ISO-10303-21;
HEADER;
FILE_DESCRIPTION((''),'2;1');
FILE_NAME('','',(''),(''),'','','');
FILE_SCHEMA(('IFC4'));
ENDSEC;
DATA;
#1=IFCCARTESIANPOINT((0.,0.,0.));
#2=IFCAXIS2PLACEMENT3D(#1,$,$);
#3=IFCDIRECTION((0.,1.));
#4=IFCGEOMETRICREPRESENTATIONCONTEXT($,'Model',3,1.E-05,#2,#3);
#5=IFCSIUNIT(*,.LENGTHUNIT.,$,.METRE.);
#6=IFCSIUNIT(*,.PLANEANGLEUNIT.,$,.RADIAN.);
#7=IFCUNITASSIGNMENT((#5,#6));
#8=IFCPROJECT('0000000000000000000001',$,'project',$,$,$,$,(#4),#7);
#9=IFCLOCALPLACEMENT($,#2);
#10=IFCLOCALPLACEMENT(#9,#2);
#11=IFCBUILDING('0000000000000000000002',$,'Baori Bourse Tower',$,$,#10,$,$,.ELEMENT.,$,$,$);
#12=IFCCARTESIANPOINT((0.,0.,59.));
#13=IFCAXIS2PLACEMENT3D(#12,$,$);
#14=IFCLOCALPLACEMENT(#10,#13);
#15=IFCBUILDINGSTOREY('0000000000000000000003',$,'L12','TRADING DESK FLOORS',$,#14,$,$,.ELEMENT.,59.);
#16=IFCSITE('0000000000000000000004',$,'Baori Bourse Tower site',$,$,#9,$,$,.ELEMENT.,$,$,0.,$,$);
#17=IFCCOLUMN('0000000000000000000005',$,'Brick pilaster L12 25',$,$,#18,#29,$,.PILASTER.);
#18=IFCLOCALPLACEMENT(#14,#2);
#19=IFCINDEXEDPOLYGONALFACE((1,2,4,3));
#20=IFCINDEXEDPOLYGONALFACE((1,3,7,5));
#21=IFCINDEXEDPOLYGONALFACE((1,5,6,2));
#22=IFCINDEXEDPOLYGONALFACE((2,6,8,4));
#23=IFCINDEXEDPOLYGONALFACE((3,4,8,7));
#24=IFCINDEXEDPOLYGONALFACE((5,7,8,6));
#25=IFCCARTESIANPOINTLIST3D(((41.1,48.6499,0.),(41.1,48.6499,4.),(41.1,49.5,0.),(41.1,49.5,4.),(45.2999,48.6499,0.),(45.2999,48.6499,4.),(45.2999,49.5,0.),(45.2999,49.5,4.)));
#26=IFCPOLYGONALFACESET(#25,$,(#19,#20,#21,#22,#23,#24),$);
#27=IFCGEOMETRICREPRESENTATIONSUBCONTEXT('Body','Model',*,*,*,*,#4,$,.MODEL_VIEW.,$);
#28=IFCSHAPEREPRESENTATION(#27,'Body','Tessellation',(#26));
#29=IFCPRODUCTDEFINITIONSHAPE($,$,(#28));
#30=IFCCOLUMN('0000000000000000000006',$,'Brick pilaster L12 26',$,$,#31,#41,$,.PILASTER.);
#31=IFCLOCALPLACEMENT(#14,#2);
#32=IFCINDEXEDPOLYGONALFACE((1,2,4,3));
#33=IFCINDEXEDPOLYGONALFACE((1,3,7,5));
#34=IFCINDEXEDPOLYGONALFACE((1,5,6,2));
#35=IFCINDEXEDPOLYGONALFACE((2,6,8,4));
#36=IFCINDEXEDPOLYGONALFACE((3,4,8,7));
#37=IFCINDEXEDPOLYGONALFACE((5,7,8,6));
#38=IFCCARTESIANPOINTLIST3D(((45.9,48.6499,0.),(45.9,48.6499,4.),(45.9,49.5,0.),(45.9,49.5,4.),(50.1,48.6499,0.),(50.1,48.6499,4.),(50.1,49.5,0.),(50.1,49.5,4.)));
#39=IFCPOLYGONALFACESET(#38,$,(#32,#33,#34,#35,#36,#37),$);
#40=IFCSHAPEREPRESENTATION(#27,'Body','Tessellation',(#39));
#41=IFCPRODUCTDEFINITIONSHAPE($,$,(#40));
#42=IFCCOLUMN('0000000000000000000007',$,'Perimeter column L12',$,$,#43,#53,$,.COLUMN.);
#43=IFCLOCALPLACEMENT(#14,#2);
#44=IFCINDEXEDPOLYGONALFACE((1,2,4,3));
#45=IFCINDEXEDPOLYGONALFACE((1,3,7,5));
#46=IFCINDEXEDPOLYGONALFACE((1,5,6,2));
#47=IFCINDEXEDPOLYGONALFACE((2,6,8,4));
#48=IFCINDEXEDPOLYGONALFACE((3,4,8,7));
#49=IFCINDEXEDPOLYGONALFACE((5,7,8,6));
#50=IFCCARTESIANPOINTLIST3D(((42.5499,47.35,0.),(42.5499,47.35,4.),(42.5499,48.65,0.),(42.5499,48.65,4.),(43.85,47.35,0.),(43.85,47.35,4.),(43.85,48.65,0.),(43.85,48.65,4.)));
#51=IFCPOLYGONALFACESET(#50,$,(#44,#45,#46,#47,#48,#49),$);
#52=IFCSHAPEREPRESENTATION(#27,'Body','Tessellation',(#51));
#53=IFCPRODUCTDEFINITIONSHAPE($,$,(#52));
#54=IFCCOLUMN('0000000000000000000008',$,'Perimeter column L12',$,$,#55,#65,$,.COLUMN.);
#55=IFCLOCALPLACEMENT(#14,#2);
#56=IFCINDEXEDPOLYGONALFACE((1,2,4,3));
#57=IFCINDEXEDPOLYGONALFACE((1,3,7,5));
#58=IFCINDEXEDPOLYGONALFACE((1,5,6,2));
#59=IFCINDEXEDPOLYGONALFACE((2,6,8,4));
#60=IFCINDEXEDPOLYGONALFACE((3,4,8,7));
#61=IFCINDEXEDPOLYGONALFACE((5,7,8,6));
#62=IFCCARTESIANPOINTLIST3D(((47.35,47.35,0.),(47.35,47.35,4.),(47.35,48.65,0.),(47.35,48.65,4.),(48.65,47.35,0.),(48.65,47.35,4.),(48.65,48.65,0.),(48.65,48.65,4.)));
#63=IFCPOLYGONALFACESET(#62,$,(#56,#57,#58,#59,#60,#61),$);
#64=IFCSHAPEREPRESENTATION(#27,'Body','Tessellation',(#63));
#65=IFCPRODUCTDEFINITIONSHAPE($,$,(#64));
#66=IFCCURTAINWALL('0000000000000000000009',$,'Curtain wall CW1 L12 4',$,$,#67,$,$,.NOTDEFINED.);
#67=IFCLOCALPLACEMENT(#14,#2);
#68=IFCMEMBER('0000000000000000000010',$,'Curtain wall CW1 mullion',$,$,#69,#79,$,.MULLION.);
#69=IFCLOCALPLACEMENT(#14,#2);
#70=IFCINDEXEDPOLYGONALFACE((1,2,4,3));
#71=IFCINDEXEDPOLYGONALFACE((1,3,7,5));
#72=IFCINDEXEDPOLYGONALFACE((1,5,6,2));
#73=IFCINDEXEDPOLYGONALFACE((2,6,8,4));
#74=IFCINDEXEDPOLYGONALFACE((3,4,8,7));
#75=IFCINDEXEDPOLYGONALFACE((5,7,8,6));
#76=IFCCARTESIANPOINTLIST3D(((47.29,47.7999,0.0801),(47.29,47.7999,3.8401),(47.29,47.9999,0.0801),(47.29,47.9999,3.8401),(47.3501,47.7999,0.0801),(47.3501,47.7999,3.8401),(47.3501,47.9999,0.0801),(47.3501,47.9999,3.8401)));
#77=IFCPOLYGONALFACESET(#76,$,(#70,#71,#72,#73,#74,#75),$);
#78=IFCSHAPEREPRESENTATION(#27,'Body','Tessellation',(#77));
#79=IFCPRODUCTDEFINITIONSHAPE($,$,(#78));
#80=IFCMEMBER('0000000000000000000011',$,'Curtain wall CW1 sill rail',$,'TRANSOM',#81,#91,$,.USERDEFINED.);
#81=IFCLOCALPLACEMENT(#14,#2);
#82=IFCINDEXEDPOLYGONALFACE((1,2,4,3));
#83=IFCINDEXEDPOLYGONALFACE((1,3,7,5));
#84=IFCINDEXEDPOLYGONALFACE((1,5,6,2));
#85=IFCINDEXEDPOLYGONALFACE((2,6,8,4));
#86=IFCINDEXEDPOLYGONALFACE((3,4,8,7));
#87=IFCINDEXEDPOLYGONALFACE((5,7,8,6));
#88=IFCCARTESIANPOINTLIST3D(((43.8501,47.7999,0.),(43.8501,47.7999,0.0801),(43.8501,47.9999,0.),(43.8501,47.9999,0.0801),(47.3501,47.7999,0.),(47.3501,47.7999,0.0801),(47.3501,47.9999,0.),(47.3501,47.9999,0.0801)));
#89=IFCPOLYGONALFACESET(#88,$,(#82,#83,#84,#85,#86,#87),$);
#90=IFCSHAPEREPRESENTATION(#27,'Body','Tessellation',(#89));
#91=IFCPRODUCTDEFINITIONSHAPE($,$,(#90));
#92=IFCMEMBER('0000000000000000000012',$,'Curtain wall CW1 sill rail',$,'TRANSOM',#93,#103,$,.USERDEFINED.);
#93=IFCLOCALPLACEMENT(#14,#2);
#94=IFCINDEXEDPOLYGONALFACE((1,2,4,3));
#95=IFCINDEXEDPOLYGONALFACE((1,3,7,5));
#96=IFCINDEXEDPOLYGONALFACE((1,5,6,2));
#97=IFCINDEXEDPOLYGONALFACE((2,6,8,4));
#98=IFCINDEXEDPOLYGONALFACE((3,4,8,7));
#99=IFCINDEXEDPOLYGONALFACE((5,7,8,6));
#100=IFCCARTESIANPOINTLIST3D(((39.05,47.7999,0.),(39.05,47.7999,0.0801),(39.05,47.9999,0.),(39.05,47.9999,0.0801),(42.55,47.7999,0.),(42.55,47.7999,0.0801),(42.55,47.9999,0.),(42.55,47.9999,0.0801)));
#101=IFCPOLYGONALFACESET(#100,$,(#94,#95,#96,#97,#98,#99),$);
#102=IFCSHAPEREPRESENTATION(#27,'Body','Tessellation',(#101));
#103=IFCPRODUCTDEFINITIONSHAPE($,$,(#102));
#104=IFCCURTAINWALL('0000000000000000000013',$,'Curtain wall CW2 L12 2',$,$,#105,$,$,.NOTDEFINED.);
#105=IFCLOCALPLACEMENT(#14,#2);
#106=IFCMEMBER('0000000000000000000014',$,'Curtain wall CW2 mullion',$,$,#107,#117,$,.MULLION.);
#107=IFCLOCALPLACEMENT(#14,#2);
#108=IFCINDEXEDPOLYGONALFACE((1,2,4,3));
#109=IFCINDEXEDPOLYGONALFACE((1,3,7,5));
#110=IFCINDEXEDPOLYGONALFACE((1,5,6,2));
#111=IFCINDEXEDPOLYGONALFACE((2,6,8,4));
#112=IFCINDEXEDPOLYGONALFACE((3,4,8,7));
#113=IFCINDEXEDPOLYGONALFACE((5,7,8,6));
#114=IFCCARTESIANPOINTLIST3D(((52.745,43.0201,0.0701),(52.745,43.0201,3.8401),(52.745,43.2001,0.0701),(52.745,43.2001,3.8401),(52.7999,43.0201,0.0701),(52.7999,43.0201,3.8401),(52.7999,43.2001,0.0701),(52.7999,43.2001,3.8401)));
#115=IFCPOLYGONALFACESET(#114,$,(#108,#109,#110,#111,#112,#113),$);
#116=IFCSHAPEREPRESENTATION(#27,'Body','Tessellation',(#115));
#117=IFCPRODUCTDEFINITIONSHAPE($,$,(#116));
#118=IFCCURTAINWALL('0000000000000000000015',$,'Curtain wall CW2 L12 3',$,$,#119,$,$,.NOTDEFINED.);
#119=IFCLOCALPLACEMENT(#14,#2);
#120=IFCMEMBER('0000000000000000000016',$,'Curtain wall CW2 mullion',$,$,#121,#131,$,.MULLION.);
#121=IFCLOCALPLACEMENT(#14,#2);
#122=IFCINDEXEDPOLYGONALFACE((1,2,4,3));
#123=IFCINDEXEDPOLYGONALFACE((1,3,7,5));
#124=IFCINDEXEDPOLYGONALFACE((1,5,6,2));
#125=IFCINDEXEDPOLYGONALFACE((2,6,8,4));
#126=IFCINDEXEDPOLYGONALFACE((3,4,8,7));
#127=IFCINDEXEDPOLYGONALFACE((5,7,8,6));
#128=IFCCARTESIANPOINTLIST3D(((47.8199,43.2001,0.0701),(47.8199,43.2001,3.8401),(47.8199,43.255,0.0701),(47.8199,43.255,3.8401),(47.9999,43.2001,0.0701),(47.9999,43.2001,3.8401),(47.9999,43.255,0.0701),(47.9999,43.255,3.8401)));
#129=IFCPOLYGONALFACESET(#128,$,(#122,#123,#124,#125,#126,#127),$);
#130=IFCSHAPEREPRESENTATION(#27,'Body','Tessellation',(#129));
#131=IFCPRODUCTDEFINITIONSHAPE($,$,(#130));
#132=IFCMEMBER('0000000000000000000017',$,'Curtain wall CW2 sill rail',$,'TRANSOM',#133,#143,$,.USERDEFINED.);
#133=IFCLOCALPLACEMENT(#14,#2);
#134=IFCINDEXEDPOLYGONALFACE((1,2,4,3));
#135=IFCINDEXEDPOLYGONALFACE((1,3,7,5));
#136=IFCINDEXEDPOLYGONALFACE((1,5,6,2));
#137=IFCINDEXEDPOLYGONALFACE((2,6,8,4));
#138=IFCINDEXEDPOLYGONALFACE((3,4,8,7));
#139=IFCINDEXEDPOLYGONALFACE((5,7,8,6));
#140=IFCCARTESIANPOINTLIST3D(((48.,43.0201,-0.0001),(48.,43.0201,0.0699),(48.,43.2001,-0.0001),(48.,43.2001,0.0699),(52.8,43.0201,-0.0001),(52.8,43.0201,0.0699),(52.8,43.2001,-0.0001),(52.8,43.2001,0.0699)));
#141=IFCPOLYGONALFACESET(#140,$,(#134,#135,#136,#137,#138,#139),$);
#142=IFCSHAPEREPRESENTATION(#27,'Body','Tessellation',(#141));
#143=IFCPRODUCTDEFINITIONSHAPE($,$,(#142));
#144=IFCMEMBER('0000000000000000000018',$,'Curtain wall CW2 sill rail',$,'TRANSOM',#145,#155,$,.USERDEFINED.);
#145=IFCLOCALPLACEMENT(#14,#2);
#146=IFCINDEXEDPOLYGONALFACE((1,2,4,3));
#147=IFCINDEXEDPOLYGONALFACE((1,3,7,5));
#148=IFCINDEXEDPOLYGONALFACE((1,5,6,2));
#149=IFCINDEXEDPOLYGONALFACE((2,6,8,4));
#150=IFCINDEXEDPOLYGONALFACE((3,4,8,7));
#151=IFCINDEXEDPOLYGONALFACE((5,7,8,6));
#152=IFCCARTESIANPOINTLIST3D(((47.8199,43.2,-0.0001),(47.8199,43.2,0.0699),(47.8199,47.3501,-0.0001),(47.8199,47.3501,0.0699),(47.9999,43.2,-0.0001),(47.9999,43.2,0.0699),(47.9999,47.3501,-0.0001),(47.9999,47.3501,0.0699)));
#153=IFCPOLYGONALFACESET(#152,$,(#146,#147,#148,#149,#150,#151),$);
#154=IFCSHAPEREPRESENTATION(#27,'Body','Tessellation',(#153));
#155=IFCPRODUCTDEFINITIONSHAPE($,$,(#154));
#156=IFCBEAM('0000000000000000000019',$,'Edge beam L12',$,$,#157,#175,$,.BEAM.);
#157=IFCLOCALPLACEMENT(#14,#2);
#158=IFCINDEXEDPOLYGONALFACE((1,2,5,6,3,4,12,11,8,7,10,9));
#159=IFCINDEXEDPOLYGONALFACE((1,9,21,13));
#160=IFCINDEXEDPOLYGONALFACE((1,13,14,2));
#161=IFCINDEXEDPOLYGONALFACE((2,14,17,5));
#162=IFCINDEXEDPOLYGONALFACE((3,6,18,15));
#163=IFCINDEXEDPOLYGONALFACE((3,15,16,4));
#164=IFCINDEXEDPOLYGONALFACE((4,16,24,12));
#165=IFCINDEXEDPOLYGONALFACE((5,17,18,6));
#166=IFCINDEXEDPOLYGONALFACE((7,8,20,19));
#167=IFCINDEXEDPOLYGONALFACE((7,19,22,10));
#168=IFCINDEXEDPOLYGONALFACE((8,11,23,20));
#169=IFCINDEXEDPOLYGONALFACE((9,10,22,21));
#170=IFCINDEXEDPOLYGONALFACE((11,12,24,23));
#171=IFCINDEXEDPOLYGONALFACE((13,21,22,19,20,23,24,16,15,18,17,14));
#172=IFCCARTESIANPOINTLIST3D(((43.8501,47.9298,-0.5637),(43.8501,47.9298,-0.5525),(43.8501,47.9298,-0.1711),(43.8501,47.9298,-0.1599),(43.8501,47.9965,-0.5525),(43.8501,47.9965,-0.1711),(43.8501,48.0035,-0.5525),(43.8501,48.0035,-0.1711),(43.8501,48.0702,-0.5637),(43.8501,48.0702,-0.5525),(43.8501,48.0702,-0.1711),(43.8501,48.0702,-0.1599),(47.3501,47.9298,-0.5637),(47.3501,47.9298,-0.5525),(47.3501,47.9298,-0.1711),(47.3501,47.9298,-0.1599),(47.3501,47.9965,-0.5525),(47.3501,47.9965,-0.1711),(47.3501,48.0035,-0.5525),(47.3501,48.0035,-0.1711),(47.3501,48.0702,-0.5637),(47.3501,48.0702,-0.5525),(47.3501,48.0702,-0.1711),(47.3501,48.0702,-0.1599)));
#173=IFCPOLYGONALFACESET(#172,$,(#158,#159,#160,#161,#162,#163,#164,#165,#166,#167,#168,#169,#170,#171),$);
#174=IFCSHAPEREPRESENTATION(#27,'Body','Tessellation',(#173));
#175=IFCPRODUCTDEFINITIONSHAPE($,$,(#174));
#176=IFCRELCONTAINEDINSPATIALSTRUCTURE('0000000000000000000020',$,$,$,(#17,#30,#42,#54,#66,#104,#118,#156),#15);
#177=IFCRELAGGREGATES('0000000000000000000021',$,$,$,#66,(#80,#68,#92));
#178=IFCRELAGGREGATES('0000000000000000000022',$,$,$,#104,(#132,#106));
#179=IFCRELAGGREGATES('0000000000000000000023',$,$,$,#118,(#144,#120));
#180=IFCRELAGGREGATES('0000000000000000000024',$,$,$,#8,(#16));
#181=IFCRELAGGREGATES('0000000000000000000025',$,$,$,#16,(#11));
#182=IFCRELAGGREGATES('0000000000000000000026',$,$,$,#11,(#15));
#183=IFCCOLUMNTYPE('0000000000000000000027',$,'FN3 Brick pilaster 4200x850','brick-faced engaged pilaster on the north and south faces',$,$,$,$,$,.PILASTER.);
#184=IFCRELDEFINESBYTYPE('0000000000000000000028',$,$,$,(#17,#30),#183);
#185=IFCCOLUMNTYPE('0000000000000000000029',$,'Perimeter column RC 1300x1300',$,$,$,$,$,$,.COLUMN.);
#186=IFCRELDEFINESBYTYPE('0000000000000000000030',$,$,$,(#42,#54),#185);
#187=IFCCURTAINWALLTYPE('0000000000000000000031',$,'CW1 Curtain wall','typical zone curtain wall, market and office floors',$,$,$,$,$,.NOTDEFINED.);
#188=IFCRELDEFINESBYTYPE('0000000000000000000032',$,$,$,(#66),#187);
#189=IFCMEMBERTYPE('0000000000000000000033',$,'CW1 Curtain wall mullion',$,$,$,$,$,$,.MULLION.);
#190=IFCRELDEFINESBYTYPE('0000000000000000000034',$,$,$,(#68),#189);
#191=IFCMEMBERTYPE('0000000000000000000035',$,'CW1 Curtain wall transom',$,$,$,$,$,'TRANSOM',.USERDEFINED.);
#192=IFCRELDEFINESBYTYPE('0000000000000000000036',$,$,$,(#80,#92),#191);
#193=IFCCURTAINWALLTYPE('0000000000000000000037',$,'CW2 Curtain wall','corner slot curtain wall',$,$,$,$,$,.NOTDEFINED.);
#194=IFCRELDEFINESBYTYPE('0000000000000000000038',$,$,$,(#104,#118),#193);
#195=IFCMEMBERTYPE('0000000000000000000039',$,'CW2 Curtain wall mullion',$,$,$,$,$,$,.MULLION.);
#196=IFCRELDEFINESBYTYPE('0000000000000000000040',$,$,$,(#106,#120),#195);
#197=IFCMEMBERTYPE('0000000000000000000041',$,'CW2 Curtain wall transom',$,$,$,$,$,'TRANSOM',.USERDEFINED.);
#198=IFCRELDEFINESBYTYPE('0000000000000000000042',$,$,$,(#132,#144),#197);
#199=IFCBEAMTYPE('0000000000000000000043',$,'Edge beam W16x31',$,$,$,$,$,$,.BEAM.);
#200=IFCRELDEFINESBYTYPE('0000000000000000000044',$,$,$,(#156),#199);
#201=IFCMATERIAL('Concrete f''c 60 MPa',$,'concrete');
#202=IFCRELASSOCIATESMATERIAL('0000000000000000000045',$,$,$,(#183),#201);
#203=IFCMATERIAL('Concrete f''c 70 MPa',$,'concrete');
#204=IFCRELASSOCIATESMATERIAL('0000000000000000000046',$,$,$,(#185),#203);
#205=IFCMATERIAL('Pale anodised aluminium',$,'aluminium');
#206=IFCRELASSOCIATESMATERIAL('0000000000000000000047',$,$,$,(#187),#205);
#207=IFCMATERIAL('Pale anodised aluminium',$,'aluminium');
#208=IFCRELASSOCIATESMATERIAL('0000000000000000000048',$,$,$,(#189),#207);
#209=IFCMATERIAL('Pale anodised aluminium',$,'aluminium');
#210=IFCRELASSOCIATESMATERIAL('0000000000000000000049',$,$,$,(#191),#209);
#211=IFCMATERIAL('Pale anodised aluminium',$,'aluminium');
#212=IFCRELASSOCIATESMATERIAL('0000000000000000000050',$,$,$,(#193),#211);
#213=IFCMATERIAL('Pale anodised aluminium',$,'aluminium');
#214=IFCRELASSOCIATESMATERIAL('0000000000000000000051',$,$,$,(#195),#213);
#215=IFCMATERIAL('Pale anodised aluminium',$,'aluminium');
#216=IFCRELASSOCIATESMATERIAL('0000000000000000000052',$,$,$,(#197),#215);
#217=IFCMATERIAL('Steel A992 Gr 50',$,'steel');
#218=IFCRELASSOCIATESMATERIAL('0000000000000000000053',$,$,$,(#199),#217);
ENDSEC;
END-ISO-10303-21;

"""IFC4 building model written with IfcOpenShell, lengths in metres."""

from ifc_helpers import new_model, si_unit, direction, frame, origin, origin_2d, place, context, subcontext, project, spatial, rectangle, i_section, extrude, material, material_profile, profile_set, type_object, element, aggregate, save


model = new_model("IFC4")

# Units and contexts
model_context = context("Model", 3, precision=1e-05, world=origin(), true_north=direction((0.0, 1.0)))
body_context = subcontext(model_context, "Body", "Model", "MODEL_VIEW")
ifc_project = project(units=[si_unit("LENGTHUNIT", "METRE"), si_unit("PLANEANGLEUNIT", "RADIAN")], contexts=[model_context])

# Site, building, storey
site_placement = place(None, origin())
site = spatial("IfcSite", under=ifc_project, at=site_placement, Name="Baori Bourse Tower site", CompositionType="ELEMENT", RefElevation=0.0)
building_placement = place(site_placement, origin())
building = spatial("IfcBuilding", under=site, at=building_placement, Name="Baori Bourse Tower", CompositionType="ELEMENT")
storey_placement = place(building_placement, frame((0.0, 0.0, 59.0)))
storey = spatial("IfcBuildingStorey", under=building, at=storey_placement, Name="L12", Description="TRADING DESK FLOORS", CompositionType="ELEMENT", Elevation=59.0)

# Columns
ifc_material_1 = material(Name="Concrete f'c 60 MPa", Category="concrete")
ifc_material_profile_1 = material_profile(ifc_material_1, rectangle(XDim=4.2, YDim=0.8501, at=origin_2d()), Name="RC 4200x850")
ifc_profile_set_1 = profile_set([ifc_material_profile_1], Name="Concrete f'c 60 MPa")
column_type_1 = type_object("IfcColumnType", Name="FN3 Brick pilaster 4200x850", Description="brick-faced engaged pilaster on the north and south faces", PredefinedType="PILASTER", material=ifc_profile_set_1)
for number, where, z_axis, x_axis, name in (
    (1, (43.2, 49.075, 0.0), (0.0, 0.0, 1.0), (1.0, 0.0, 0.0), "Brick pilaster L12 25"),
    (2, (48.0, 49.075, 0.0), (0.0, 0.0, 1.0), (1.0, 0.0, 0.0), "Brick pilaster L12 26"),
):
    element("IfcColumn", number, at=place(storey_placement, frame(where, z_axis=z_axis, x_axis=x_axis)), inside=storey, type_object=column_type_1, Name=name, PredefinedType="PILASTER", context=body_context, shape_type="SweptSolid", body=[
        extrude(rectangle(XDim=4.2, YDim=0.8501, at=origin_2d()), origin(), (0.0, 0.0, 1.0), 4.0),
    ])
ifc_material_2 = material(Name="Concrete f'c 70 MPa", Category="concrete")
ifc_material_profile_2 = material_profile(ifc_material_2, rectangle(XDim=1.3, YDim=1.3, at=origin_2d()), Name="RC 1300x1300")
ifc_profile_set_2 = profile_set([ifc_material_profile_2], Name="Concrete f'c 70 MPa")
column_type_2 = type_object("IfcColumnType", Name="Perimeter column RC 1300x1300", PredefinedType="COLUMN", material=ifc_profile_set_2)
for number, where, z_axis, x_axis, name in (
    (3, (43.2, 48.0, 0.0), (0.0, 0.0, 1.0), (1.0, 0.0, 0.0), "Perimeter column L12"),
    (4, (48.0, 48.0, 0.0), (0.0, 0.0, 1.0), (1.0, 0.0, 0.0), "Perimeter column L12"),
):
    element("IfcColumn", number, at=place(storey_placement, frame(where, z_axis=z_axis, x_axis=x_axis)), inside=storey, type_object=column_type_2, Name=name, PredefinedType="COLUMN", context=body_context, shape_type="SweptSolid", body=[
        extrude(rectangle(XDim=1.3, YDim=1.3, at=origin_2d()), origin(), (0.0, 0.0, 1.0), 4.0),
    ])

# Curtain wall, members
ifc_material_3 = material(Name="Pale anodised aluminium", Category="aluminium")
curtain_wall_type_1 = type_object("IfcCurtainWallType", Name="CW1 Curtain wall", Description="typical zone curtain wall, market and office floors", PredefinedType="NOTDEFINED", material=ifc_material_3)
curtain_wall_1_placement = place(storey_placement, origin())
curtain_wall_1 = element("IfcCurtainWall", 5, at=curtain_wall_1_placement, inside=storey, type_object=curtain_wall_type_1, Name="Curtain wall CW1 L12 4", PredefinedType="NOTDEFINED")
ifc_material_4 = material(Name="Pale anodised aluminium", Category="aluminium")
ifc_material_profile_3 = material_profile(ifc_material_4, rectangle(XDim=0.2, YDim=0.0601, at=origin_2d()), Name="Mullion 60x200")
ifc_profile_set_3 = profile_set([ifc_material_profile_3], Name="Pale anodised aluminium")
member_type_1 = type_object("IfcMemberType", Name="CW1 Curtain wall mullion", PredefinedType="MULLION", material=ifc_profile_set_3)
member_1_placement = place(storey_placement, frame((47.3201, 47.8999, 0.0801), z_axis=(0.0, 0.0, 1.0), x_axis=(0.0, -1.0, 0.0)))
member_1 = element("IfcMember", 6, at=member_1_placement, type_object=member_type_1, Name="Curtain wall CW1 mullion", PredefinedType="MULLION", context=body_context, shape_type="SweptSolid", body=[
    extrude(rectangle(XDim=0.2, YDim=0.0601, at=origin_2d()), origin(), (0.0, 0.0, 1.0), 3.76),
])
ifc_material_5 = material(Name="Pale anodised aluminium", Category="aluminium")
ifc_material_profile_4 = material_profile(ifc_material_5, rectangle(XDim=0.2, YDim=0.0801, at=origin_2d()), Name="Transom 80x200")
ifc_profile_set_4 = profile_set([ifc_material_profile_4], Name="Pale anodised aluminium")
member_type_2 = type_object("IfcMemberType", Name="CW1 Curtain wall transom", ElementType="TRANSOM", PredefinedType="USERDEFINED", material=ifc_profile_set_4)
member_2_placement = place(storey_placement, frame((47.3501, 47.8999, 0.04), z_axis=(-1.0, 0.0, 0.0), x_axis=(0.0, -1.0, 0.0)))
member_2 = element("IfcMember", 7, at=member_2_placement, type_object=member_type_2, Name="Curtain wall CW1 sill rail", ObjectType="TRANSOM", PredefinedType="USERDEFINED", context=body_context, shape_type="SweptSolid", body=[
    extrude(rectangle(XDim=0.2, YDim=0.0801, at=origin_2d()), origin(), (0.0, 0.0, 1.0), 3.5),
])
member_3_placement = place(storey_placement, frame((42.55, 47.8999, 0.04), z_axis=(-1.0, 0.0, 0.0), x_axis=(0.0, -1.0, 0.0)))
member_3 = element("IfcMember", 8, at=member_3_placement, type_object=member_type_2, Name="Curtain wall CW1 sill rail", ObjectType="TRANSOM", PredefinedType="USERDEFINED", context=body_context, shape_type="SweptSolid", body=[
    extrude(rectangle(XDim=0.2, YDim=0.0801, at=origin_2d()), origin(), (0.0, 0.0, 1.0), 3.5),
])

# Curtain walls, members
ifc_material_6 = material(Name="Pale anodised aluminium", Category="aluminium")
curtain_wall_type_2 = type_object("IfcCurtainWallType", Name="CW2 Curtain wall", Description="corner slot curtain wall", PredefinedType="NOTDEFINED", material=ifc_material_6)
curtain_wall_2_placement = place(storey_placement, origin())
curtain_wall_2 = element("IfcCurtainWall", 9, at=curtain_wall_2_placement, inside=storey, type_object=curtain_wall_type_2, Name="Curtain wall CW2 L12 2", PredefinedType="NOTDEFINED")
ifc_material_7 = material(Name="Pale anodised aluminium", Category="aluminium")
ifc_material_profile_5 = material_profile(ifc_material_7, rectangle(XDim=0.1799, YDim=0.0549, at=origin_2d()), Name="Mullion 55x180")
ifc_profile_set_5 = profile_set([ifc_material_profile_5], Name="Pale anodised aluminium")
member_type_3 = type_object("IfcMemberType", Name="CW2 Curtain wall mullion", PredefinedType="MULLION", material=ifc_profile_set_5)
member_4_placement = place(storey_placement, frame((52.7725, 43.1101, 0.0701), z_axis=(0.0, 0.0, 1.0), x_axis=(0.0, -1.0, 0.0)))
member_4 = element("IfcMember", 10, at=member_4_placement, type_object=member_type_3, Name="Curtain wall CW2 mullion", PredefinedType="MULLION", context=body_context, shape_type="SweptSolid", body=[
    extrude(rectangle(XDim=0.1799, YDim=0.0549, at=origin_2d()), origin(), (0.0, 0.0, 1.0), 3.77),
])
curtain_wall_3_placement = place(storey_placement, origin())
curtain_wall_3 = element("IfcCurtainWall", 11, at=curtain_wall_3_placement, inside=storey, type_object=curtain_wall_type_2, Name="Curtain wall CW2 L12 3", PredefinedType="NOTDEFINED")
member_5_placement = place(storey_placement, frame((47.9099, 43.2275, 0.0701), z_axis=(0.0, 0.0, 1.0), x_axis=(-1.0, 0.0, 0.0)))
member_5 = element("IfcMember", 12, at=member_5_placement, type_object=member_type_3, Name="Curtain wall CW2 mullion", PredefinedType="MULLION", context=body_context, shape_type="SweptSolid", body=[
    extrude(rectangle(XDim=0.1799, YDim=0.0549, at=origin_2d()), origin(), (0.0, 0.0, 1.0), 3.77),
])

# Members
ifc_material_8 = material(Name="Pale anodised aluminium", Category="aluminium")
ifc_material_profile_6 = material_profile(ifc_material_8, rectangle(XDim=0.1799, YDim=0.0701, at=origin_2d()), Name="Transom 70x180")
ifc_profile_set_6 = profile_set([ifc_material_profile_6], Name="Pale anodised aluminium")
member_type_4 = type_object("IfcMemberType", Name="CW2 Curtain wall transom", ElementType="TRANSOM", PredefinedType="USERDEFINED", material=ifc_profile_set_6)
member_6_placement = place(storey_placement, frame((52.8, 43.1101, 0.0349), z_axis=(-1.0, 0.0, 0.0), x_axis=(0.0, -1.0, 0.0)))
member_6 = element("IfcMember", 13, at=member_6_placement, type_object=member_type_4, Name="Curtain wall CW2 sill rail", ObjectType="TRANSOM", PredefinedType="USERDEFINED", context=body_context, shape_type="SweptSolid", body=[
    extrude(rectangle(XDim=0.1799, YDim=0.0701, at=origin_2d()), origin(), (0.0, 0.0, 1.0), 4.8),
])
member_7_placement = place(storey_placement, frame((47.9099, 43.2, 0.0349), z_axis=(0.0, 1.0, 0.0), x_axis=(-1.0, 0.0, 0.0)))
member_7 = element("IfcMember", 14, at=member_7_placement, type_object=member_type_4, Name="Curtain wall CW2 sill rail", ObjectType="TRANSOM", PredefinedType="USERDEFINED", context=body_context, shape_type="SweptSolid", body=[
    extrude(rectangle(XDim=0.1799, YDim=0.0701, at=origin_2d()), origin(), (0.0, 0.0, 1.0), 4.1501),
])

# Beam
ifc_material_9 = material(Name="Steel A992 Gr 50", Category="steel")
ifc_material_profile_7 = material_profile(ifc_material_9, i_section(OverallWidth=0.1404, OverallDepth=0.4038, WebThickness=0.0071, FlangeThickness=0.0112, at=origin_2d()), Name="W16x31")
ifc_profile_set_7 = profile_set([ifc_material_profile_7], Name="Steel A992 Gr 50")
beam_type_1 = type_object("IfcBeamType", Name="Edge beam W16x31", PredefinedType="BEAM", material=ifc_profile_set_7)
beam_1_placement = place(storey_placement, frame((43.8501, 48.0, -0.3618), z_axis=(1.0, 0.0, 0.0), x_axis=(0.0, 1.0, 0.0)))
element("IfcBeam", 15, at=beam_1_placement, inside=storey, type_object=beam_type_1, Name="Edge beam L12", PredefinedType="BEAM", context=body_context, shape_type="SweptSolid", body=[
    extrude(i_section(OverallWidth=0.1404, OverallDepth=0.4038, WebThickness=0.0071, FlangeThickness=0.0112, at=origin_2d()), origin(), (0.0, 0.0, 1.0), 3.5),
])

aggregate(curtain_wall_1, [member_2, member_1, member_3])

aggregate(curtain_wall_2, [member_6, member_4])
aggregate(curtain_wall_3, [member_7, member_5])

save(model, "model.ifc")
